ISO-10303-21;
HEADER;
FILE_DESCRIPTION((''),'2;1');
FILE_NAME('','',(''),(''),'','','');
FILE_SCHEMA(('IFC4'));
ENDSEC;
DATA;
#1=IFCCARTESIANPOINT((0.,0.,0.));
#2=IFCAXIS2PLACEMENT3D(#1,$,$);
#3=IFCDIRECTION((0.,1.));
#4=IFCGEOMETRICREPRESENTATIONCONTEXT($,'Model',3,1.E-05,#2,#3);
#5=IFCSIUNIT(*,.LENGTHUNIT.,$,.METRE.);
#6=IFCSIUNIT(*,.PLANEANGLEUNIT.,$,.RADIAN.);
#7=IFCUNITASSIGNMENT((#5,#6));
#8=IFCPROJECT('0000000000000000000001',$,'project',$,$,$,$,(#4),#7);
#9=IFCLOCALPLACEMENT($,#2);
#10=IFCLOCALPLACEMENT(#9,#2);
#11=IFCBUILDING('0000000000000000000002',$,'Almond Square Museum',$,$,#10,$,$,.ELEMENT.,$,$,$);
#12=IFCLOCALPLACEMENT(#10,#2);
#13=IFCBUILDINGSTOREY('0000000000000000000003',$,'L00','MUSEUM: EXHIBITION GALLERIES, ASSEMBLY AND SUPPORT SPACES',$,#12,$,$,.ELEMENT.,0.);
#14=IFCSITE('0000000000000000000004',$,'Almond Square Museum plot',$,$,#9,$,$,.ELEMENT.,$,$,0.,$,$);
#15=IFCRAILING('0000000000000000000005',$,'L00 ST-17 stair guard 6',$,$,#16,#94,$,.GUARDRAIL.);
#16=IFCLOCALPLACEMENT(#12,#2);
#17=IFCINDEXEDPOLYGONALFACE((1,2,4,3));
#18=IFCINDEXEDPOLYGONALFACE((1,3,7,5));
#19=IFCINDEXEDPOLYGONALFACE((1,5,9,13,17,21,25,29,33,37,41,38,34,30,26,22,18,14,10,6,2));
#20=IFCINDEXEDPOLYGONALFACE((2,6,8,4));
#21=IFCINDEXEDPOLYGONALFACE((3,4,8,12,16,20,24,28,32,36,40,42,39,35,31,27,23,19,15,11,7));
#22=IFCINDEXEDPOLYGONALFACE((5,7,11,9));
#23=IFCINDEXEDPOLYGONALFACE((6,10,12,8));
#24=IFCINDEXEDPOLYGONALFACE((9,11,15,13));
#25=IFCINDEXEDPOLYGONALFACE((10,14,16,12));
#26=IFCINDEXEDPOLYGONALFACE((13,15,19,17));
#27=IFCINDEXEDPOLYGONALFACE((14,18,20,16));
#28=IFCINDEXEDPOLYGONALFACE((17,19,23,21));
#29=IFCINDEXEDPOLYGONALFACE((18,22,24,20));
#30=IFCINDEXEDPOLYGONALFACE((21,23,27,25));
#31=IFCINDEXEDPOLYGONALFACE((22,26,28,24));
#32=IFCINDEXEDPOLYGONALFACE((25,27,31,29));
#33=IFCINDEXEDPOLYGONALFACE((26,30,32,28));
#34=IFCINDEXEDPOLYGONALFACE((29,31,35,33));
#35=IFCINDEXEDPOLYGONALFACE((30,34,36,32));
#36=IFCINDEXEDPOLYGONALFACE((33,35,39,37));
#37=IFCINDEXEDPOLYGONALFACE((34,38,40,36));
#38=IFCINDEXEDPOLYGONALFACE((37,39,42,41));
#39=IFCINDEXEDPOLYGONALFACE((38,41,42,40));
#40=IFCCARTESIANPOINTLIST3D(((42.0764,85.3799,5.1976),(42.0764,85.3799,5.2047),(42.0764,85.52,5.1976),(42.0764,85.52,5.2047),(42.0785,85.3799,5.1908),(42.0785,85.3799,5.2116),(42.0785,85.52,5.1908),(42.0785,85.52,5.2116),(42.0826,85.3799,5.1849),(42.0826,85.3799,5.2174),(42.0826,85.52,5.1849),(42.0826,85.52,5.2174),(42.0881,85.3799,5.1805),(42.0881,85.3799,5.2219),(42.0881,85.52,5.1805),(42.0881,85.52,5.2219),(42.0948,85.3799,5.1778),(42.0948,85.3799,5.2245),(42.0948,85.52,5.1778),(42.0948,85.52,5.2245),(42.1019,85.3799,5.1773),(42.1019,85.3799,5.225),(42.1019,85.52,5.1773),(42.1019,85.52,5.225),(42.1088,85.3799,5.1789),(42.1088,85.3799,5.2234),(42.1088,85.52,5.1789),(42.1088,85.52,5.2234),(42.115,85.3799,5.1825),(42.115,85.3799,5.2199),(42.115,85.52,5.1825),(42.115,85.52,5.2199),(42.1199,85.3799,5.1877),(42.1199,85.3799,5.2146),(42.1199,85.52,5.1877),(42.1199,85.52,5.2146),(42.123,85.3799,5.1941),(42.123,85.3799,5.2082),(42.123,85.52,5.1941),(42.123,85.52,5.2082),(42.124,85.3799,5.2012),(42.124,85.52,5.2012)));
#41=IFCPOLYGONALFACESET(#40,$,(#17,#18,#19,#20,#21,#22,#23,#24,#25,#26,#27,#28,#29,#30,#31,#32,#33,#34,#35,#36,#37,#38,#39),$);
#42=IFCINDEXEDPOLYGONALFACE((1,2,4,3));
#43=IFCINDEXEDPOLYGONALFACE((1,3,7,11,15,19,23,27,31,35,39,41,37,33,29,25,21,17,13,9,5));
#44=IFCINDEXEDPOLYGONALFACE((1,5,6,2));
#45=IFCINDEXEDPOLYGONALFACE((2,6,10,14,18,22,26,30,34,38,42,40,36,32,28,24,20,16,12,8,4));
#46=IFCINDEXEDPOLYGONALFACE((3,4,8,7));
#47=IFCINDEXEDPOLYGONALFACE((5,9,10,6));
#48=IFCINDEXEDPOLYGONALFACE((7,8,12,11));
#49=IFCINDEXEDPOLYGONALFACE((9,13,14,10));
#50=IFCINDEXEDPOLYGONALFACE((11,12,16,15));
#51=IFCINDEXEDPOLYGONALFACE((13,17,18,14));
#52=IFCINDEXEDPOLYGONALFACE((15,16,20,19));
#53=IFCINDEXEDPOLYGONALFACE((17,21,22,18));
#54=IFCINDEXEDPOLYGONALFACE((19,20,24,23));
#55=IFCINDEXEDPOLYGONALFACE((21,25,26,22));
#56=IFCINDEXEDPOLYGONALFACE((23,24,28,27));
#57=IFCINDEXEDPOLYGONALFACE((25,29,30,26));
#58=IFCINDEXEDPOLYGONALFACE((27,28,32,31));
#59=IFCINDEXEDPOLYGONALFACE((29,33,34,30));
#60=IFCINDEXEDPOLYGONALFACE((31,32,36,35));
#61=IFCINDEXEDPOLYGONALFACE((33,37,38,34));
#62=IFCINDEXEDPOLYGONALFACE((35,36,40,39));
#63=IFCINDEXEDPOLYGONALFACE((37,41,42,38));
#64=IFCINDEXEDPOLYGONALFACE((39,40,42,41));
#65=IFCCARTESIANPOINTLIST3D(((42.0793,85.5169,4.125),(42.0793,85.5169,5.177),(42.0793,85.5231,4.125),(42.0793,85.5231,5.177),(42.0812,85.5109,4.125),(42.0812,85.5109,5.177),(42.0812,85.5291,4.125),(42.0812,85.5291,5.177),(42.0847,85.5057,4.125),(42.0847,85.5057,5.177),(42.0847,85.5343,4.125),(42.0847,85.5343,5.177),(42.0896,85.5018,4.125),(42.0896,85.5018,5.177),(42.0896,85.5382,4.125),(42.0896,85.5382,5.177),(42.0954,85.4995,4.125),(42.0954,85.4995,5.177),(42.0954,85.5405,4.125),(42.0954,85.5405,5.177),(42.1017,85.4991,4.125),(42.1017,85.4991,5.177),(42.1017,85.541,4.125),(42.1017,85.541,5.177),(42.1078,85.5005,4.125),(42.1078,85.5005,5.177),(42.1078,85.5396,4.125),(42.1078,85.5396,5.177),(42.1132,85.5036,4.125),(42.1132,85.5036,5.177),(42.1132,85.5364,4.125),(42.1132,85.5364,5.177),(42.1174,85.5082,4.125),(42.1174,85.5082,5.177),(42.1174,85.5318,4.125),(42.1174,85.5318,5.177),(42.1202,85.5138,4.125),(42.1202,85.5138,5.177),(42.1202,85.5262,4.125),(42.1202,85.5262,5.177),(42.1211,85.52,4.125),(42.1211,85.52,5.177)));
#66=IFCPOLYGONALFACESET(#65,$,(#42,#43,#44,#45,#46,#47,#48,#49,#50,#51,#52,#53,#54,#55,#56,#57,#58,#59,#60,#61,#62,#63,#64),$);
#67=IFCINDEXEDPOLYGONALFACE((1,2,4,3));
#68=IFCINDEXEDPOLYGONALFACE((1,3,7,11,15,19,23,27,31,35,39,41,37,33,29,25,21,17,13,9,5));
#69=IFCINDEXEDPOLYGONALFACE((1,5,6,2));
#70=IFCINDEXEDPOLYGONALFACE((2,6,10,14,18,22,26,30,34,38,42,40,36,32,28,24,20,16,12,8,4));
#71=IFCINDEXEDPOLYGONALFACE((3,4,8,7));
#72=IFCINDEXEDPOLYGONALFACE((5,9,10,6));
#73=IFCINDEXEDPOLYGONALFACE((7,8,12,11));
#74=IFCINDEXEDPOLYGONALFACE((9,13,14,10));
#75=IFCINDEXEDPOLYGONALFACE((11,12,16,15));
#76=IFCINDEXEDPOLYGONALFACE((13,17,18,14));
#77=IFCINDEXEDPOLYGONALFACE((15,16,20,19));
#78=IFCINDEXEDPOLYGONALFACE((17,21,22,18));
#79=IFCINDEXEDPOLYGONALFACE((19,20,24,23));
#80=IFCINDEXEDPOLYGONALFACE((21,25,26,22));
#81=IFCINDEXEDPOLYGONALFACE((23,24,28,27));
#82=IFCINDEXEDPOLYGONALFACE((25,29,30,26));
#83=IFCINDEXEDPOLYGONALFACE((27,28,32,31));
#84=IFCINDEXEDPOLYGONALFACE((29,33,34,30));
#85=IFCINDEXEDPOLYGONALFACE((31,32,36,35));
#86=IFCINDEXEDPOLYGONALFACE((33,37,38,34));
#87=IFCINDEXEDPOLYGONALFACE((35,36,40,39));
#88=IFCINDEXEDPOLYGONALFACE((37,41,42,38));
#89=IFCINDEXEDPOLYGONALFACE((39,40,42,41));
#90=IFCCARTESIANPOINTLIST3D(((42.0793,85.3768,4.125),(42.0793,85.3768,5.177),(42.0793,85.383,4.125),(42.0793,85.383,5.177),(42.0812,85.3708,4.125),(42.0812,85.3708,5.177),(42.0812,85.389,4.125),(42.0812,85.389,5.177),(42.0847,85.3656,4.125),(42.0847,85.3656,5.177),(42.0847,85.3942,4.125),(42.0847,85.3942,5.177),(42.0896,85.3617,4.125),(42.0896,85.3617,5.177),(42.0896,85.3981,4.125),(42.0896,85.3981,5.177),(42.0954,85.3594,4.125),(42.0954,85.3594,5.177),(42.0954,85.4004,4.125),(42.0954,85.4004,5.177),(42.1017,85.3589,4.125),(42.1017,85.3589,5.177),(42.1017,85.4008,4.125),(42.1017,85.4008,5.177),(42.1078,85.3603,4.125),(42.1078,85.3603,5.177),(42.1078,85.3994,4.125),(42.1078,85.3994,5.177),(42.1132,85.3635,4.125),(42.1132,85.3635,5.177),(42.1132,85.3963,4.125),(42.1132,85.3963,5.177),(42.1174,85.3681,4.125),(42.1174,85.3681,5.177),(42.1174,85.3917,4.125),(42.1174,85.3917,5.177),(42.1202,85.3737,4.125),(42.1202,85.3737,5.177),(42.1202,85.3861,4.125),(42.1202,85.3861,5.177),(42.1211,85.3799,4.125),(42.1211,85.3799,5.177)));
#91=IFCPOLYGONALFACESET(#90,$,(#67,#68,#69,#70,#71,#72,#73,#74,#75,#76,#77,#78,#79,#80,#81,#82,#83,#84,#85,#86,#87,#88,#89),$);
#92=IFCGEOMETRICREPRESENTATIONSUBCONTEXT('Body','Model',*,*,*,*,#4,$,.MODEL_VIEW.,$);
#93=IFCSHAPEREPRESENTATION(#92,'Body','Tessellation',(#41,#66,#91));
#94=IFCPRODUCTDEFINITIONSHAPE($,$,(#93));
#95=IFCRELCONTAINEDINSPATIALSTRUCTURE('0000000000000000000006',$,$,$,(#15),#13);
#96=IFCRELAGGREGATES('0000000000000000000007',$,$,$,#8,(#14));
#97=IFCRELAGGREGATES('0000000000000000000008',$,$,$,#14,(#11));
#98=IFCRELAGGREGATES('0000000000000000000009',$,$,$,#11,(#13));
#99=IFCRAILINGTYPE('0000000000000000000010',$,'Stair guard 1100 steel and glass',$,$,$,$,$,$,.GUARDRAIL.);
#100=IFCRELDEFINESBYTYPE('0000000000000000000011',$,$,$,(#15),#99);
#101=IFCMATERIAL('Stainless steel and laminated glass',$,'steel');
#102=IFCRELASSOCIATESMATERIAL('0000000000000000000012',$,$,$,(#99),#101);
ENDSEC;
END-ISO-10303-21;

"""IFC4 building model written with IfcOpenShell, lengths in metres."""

from ifc_helpers import new_model, si_unit, direction, frame, origin, origin_2d, place, context, subcontext, project, spatial, circle, extrude, material, type_object, element, save


model = new_model("IFC4")

# Units and contexts
model_context = context("Model", 3, precision=1e-05, world=origin(), true_north=direction((0.0, 1.0)))
body_context = subcontext(model_context, "Body", "Model", "MODEL_VIEW")
ifc_project = project(units=[si_unit("LENGTHUNIT", "METRE"), si_unit("PLANEANGLEUNIT", "RADIAN")], contexts=[model_context])

# Site, building, storey
site_placement = place(None, origin())
site = spatial("IfcSite", under=ifc_project, at=site_placement, Name="Almond Square Museum plot", CompositionType="ELEMENT", RefElevation=0.0)
building_placement = place(site_placement, origin())
building = spatial("IfcBuilding", under=site, at=building_placement, Name="Almond Square Museum", CompositionType="ELEMENT")
storey_placement = place(building_placement, origin())
storey = spatial("IfcBuildingStorey", under=building, at=storey_placement, Name="L00", Description="MUSEUM: EXHIBITION GALLERIES, ASSEMBLY AND SUPPORT SPACES", CompositionType="ELEMENT", Elevation=0.0)

# Railing
ifc_material_1 = material(Name="Stainless steel and laminated glass", Category="steel")
railing_type_1 = type_object("IfcRailingType", Name="Stair guard 1100 steel and glass", PredefinedType="GUARDRAIL", material=ifc_material_1)
railing_1_placement = place(storey_placement, frame((42.1001, 85.52, 4.125)))
element("IfcRailing", 1, at=railing_1_placement, inside=storey, type_object=railing_type_1, Name="L00 ST-17 stair guard 6", PredefinedType="GUARDRAIL", context=body_context, shape_type="SweptSolid", body=[
    extrude(circle(Radius=0.0239, at=origin_2d()), frame((0.0, 0.0, 1.0762), z_axis=(0.0, -1.0, 0.0), x_axis=(1.0, 0.0, 0.0)), (0.0, 0.0, 1.0), 0.1401),
    extrude(circle(Radius=0.021, at=origin_2d()), origin(), (0.0, 0.0, 1.0), 1.052),
    extrude(circle(Radius=0.021, at=origin_2d()), frame((0.0, -0.1401, 0.0)), (0.0, 0.0, 1.0), 1.052),
])

save(model, "model.ifc")
